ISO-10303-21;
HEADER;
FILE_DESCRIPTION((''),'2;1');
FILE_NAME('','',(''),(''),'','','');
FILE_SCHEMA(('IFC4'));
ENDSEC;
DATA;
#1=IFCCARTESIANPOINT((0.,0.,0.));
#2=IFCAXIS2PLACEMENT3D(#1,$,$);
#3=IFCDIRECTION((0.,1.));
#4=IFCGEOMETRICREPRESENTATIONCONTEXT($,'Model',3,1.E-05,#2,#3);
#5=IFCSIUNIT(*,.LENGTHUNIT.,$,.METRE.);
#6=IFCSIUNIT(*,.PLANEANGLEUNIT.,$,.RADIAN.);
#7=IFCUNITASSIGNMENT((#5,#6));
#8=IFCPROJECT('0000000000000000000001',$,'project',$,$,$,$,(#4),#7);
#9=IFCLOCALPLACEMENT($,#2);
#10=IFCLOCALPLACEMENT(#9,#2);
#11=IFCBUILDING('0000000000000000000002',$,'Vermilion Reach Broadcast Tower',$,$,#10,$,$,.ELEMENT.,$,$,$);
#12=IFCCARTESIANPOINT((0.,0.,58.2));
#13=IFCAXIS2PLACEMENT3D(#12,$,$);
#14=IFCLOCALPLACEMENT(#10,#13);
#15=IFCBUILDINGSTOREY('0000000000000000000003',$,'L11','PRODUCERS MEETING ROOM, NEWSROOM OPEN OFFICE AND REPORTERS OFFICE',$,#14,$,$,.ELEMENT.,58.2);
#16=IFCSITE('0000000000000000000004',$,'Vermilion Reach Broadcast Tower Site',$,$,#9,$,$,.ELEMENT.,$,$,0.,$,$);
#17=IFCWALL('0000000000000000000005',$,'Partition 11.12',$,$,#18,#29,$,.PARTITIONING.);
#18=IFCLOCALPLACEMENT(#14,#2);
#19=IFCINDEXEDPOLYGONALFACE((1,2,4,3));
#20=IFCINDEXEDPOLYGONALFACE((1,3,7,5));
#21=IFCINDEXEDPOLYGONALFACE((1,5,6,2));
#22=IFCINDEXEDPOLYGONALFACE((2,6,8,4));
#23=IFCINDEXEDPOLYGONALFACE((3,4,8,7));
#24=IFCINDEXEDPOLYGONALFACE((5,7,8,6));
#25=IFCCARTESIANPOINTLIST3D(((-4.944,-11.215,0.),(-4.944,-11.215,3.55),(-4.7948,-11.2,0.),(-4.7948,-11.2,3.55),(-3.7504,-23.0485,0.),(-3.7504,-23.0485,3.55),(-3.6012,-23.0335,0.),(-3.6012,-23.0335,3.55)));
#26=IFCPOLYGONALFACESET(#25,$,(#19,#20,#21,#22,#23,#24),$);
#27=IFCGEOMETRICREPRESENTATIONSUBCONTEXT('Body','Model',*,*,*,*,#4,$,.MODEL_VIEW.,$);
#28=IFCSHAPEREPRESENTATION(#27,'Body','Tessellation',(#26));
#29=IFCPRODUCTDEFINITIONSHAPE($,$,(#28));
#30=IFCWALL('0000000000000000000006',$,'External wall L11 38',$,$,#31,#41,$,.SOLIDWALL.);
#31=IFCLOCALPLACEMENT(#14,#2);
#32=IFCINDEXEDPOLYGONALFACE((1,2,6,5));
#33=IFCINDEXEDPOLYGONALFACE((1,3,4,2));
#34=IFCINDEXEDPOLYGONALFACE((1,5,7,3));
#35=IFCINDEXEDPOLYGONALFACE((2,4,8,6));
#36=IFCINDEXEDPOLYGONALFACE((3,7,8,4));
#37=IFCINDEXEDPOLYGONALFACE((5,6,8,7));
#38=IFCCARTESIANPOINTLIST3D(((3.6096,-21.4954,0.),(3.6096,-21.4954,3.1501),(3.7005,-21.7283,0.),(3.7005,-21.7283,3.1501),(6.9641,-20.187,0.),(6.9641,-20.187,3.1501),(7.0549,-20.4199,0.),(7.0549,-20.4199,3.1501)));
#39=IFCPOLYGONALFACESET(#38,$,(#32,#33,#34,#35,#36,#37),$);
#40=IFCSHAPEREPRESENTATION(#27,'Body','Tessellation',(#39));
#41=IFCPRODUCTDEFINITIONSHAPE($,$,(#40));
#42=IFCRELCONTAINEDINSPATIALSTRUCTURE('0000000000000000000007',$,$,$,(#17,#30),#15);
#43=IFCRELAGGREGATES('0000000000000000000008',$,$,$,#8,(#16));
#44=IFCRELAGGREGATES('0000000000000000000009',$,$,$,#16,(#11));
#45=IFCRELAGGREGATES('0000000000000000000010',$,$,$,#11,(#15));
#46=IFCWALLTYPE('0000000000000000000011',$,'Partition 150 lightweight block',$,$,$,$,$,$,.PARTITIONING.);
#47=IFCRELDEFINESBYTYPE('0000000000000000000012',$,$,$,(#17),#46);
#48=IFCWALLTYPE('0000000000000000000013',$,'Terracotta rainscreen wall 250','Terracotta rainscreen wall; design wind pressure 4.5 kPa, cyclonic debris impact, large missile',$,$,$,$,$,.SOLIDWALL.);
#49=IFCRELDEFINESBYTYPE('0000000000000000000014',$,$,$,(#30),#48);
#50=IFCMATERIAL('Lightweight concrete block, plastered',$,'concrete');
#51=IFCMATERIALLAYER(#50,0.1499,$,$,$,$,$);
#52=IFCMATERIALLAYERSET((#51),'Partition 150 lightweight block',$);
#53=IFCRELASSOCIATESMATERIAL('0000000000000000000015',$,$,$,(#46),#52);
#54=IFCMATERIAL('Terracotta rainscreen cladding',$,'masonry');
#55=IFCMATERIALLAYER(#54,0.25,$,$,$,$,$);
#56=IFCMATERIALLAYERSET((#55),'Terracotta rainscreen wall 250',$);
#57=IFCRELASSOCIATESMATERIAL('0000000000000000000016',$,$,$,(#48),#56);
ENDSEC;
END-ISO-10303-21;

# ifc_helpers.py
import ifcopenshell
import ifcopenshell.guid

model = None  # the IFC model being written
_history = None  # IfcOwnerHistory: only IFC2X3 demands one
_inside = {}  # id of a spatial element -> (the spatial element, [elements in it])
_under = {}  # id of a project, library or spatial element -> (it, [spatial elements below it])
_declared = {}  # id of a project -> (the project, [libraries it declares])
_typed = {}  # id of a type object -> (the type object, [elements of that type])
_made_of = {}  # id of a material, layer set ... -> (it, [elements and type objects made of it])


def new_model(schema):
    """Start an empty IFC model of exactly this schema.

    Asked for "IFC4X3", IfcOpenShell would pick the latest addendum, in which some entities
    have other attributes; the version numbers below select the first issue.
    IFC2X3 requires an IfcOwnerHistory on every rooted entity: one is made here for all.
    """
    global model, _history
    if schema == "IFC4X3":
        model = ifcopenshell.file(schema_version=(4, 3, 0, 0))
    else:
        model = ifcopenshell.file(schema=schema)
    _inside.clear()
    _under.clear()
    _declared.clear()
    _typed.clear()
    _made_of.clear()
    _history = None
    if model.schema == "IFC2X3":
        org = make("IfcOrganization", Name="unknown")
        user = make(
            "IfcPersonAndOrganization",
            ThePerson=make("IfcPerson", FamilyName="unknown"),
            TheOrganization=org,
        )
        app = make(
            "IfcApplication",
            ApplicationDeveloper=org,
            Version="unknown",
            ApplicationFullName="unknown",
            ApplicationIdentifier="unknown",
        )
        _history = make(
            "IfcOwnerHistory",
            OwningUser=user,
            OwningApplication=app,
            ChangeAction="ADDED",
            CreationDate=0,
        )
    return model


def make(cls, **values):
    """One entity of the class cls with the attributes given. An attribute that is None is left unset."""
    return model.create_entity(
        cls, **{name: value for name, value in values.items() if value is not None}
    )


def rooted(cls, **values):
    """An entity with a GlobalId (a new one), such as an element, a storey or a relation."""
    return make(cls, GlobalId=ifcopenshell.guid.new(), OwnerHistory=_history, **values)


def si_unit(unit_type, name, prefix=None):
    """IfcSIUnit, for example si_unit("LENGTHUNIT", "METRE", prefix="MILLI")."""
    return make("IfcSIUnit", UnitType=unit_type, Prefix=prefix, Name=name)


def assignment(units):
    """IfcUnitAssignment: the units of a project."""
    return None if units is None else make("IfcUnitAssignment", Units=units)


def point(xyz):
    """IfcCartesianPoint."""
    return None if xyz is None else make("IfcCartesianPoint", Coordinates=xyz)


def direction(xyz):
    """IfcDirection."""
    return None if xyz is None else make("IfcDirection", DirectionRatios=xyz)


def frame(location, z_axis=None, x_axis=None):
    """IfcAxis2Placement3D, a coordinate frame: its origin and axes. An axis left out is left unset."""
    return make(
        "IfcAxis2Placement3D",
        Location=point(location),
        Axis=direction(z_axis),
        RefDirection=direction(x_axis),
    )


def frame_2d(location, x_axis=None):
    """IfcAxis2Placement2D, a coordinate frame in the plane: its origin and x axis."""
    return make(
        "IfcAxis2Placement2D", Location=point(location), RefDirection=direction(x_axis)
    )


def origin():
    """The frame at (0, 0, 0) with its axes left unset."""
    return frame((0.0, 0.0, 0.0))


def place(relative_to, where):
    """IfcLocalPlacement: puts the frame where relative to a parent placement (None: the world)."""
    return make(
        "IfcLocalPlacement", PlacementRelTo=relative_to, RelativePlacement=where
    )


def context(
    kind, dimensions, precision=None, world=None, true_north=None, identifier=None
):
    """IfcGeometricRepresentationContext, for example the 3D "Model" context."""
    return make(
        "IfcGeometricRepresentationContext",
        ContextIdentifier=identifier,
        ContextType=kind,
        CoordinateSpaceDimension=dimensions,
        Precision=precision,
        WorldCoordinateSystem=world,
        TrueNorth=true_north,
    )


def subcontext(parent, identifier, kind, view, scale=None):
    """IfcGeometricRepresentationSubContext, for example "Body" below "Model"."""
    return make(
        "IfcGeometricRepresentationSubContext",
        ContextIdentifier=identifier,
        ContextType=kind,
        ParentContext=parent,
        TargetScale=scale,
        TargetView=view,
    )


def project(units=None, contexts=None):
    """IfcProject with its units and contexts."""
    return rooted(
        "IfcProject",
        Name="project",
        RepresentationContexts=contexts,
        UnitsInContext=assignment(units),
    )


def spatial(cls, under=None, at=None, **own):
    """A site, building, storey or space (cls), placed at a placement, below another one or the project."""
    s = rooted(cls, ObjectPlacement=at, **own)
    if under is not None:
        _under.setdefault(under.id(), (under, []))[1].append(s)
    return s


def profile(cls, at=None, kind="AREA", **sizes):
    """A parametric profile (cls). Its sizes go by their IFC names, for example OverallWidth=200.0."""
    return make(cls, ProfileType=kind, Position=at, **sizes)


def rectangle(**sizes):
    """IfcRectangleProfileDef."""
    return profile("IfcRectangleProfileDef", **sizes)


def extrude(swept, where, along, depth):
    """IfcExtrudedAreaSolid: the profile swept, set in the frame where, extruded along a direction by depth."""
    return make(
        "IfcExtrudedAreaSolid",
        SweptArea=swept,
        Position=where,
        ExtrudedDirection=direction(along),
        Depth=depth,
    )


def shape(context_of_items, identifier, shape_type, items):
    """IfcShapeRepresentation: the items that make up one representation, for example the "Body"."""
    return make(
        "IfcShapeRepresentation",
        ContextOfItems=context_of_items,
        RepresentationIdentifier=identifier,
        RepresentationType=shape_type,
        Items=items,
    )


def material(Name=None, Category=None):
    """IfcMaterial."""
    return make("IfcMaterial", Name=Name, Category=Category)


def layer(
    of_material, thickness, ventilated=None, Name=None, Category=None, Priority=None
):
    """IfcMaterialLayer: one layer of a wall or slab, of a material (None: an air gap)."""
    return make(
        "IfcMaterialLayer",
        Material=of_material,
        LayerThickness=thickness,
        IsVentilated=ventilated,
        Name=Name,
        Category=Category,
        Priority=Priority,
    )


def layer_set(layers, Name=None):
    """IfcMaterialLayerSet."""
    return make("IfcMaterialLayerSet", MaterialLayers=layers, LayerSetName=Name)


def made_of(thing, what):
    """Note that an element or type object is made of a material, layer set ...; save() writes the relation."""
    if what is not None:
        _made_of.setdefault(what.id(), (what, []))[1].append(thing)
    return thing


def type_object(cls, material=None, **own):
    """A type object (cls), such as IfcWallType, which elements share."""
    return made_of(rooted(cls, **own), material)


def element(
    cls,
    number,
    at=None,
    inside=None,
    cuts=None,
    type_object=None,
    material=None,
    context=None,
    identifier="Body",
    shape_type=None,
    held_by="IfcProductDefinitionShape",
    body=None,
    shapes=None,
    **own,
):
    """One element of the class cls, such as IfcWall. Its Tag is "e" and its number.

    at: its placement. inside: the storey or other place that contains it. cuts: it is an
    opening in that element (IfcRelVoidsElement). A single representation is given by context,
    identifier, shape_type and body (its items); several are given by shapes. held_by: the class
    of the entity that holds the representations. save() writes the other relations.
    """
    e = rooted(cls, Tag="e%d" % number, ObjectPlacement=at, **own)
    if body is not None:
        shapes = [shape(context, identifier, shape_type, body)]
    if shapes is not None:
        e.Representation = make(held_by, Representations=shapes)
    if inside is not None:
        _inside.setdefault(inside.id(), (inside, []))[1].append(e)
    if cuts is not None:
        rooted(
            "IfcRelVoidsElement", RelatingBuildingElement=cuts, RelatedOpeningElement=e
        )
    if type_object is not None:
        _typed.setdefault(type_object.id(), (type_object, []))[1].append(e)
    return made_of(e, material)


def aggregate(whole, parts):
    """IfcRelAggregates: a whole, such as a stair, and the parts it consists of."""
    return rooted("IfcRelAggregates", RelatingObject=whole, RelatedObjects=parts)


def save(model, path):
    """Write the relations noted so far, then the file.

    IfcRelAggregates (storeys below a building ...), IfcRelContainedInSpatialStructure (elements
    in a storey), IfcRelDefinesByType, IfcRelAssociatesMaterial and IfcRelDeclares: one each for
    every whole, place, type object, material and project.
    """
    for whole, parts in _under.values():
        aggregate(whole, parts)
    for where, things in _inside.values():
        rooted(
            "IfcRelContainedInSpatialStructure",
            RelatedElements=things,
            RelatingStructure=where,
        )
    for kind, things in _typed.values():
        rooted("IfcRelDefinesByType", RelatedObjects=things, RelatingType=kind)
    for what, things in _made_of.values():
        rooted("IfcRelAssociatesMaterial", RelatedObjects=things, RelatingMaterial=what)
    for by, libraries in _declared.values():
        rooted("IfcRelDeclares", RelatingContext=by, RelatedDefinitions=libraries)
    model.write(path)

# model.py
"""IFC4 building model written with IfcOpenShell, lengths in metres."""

from ifc_helpers import new_model, si_unit, direction, frame, frame_2d, origin, place, context, subcontext, project, spatial, rectangle, extrude, material, layer, layer_set, type_object, element, save


model = new_model("IFC4")

# Units and contexts
model_context = context("Model", 3, precision=1e-05, world=origin(), true_north=direction((0.0, 1.0)))
body_context = subcontext(model_context, "Body", "Model", "MODEL_VIEW")
ifc_project = project(units=[si_unit("LENGTHUNIT", "METRE"), si_unit("PLANEANGLEUNIT", "RADIAN")], contexts=[model_context])

# Site, building, storey
site_placement = place(None, origin())
site = spatial("IfcSite", under=ifc_project, at=site_placement, Name="Vermilion Reach Broadcast Tower Site", CompositionType="ELEMENT", RefElevation=0.0)
building_placement = place(site_placement, origin())
building = spatial("IfcBuilding", under=site, at=building_placement, Name="Vermilion Reach Broadcast Tower", CompositionType="ELEMENT")
storey_placement = place(building_placement, frame((0.0, 0.0, 58.2)))
storey = spatial("IfcBuildingStorey", under=building, at=storey_placement, Name="L11", Description="PRODUCERS MEETING ROOM, NEWSROOM OPEN OFFICE AND REPORTERS OFFICE", CompositionType="ELEMENT", Elevation=58.2)

# Walls
ifc_material_1 = material(Name="Lightweight concrete block, plastered", Category="concrete")
ifc_layer_1 = layer(ifc_material_1, 0.1499)
ifc_layer_set_1 = layer_set([ifc_layer_1], Name="Partition 150 lightweight block")
wall_type_1 = type_object("IfcWallType", Name="Partition 150 lightweight block", PredefinedType="PARTITIONING", material=ifc_layer_set_1)
wall_1_placement = place(storey_placement, frame((-3.6758, -23.041, 0.0), z_axis=(0.0, 0.0, 1.0), x_axis=(-0.100357, 0.994951, 0.0)))
element("IfcWall", 1, at=wall_1_placement, inside=storey, type_object=wall_type_1, Name="Partition 11.12", PredefinedType="PARTITIONING", context=body_context, shape_type="SweptSolid", body=[
    extrude(rectangle(XDim=11.8936, YDim=0.1499, at=frame_2d((5.9468, 0.0))), origin(), (0.0, 0.0, 1.0), 3.55),
])
ifc_material_2 = material(Name="Terracotta rainscreen cladding", Category="masonry")
ifc_layer_2 = layer(ifc_material_2, 0.25)
ifc_layer_set_2 = layer_set([ifc_layer_2], Name="Terracotta rainscreen wall 250")
wall_type_2 = type_object("IfcWallType", Name="Terracotta rainscreen wall 250", Description="Terracotta rainscreen wall; design wind pressure 4.5 kPa, cyclonic debris impact, large missile", PredefinedType="SOLIDWALL", material=ifc_layer_set_2)
wall_2_placement = place(storey_placement, frame((3.655, -21.6118, 0.0), z_axis=(0.0, 0.0, 1.0), x_axis=(0.931645, 0.363369, 0.0)))
element("IfcWall", 2, at=wall_2_placement, inside=storey, type_object=wall_type_2, Name="External wall L11 38", PredefinedType="SOLIDWALL", context=body_context, shape_type="SweptSolid", body=[
    extrude(rectangle(XDim=3.6006, YDim=0.25, at=frame_2d((1.8003, 0.0))), origin(), (0.0, 0.0, 1.0), 3.1501),
])

save(model, "model.ifc")
